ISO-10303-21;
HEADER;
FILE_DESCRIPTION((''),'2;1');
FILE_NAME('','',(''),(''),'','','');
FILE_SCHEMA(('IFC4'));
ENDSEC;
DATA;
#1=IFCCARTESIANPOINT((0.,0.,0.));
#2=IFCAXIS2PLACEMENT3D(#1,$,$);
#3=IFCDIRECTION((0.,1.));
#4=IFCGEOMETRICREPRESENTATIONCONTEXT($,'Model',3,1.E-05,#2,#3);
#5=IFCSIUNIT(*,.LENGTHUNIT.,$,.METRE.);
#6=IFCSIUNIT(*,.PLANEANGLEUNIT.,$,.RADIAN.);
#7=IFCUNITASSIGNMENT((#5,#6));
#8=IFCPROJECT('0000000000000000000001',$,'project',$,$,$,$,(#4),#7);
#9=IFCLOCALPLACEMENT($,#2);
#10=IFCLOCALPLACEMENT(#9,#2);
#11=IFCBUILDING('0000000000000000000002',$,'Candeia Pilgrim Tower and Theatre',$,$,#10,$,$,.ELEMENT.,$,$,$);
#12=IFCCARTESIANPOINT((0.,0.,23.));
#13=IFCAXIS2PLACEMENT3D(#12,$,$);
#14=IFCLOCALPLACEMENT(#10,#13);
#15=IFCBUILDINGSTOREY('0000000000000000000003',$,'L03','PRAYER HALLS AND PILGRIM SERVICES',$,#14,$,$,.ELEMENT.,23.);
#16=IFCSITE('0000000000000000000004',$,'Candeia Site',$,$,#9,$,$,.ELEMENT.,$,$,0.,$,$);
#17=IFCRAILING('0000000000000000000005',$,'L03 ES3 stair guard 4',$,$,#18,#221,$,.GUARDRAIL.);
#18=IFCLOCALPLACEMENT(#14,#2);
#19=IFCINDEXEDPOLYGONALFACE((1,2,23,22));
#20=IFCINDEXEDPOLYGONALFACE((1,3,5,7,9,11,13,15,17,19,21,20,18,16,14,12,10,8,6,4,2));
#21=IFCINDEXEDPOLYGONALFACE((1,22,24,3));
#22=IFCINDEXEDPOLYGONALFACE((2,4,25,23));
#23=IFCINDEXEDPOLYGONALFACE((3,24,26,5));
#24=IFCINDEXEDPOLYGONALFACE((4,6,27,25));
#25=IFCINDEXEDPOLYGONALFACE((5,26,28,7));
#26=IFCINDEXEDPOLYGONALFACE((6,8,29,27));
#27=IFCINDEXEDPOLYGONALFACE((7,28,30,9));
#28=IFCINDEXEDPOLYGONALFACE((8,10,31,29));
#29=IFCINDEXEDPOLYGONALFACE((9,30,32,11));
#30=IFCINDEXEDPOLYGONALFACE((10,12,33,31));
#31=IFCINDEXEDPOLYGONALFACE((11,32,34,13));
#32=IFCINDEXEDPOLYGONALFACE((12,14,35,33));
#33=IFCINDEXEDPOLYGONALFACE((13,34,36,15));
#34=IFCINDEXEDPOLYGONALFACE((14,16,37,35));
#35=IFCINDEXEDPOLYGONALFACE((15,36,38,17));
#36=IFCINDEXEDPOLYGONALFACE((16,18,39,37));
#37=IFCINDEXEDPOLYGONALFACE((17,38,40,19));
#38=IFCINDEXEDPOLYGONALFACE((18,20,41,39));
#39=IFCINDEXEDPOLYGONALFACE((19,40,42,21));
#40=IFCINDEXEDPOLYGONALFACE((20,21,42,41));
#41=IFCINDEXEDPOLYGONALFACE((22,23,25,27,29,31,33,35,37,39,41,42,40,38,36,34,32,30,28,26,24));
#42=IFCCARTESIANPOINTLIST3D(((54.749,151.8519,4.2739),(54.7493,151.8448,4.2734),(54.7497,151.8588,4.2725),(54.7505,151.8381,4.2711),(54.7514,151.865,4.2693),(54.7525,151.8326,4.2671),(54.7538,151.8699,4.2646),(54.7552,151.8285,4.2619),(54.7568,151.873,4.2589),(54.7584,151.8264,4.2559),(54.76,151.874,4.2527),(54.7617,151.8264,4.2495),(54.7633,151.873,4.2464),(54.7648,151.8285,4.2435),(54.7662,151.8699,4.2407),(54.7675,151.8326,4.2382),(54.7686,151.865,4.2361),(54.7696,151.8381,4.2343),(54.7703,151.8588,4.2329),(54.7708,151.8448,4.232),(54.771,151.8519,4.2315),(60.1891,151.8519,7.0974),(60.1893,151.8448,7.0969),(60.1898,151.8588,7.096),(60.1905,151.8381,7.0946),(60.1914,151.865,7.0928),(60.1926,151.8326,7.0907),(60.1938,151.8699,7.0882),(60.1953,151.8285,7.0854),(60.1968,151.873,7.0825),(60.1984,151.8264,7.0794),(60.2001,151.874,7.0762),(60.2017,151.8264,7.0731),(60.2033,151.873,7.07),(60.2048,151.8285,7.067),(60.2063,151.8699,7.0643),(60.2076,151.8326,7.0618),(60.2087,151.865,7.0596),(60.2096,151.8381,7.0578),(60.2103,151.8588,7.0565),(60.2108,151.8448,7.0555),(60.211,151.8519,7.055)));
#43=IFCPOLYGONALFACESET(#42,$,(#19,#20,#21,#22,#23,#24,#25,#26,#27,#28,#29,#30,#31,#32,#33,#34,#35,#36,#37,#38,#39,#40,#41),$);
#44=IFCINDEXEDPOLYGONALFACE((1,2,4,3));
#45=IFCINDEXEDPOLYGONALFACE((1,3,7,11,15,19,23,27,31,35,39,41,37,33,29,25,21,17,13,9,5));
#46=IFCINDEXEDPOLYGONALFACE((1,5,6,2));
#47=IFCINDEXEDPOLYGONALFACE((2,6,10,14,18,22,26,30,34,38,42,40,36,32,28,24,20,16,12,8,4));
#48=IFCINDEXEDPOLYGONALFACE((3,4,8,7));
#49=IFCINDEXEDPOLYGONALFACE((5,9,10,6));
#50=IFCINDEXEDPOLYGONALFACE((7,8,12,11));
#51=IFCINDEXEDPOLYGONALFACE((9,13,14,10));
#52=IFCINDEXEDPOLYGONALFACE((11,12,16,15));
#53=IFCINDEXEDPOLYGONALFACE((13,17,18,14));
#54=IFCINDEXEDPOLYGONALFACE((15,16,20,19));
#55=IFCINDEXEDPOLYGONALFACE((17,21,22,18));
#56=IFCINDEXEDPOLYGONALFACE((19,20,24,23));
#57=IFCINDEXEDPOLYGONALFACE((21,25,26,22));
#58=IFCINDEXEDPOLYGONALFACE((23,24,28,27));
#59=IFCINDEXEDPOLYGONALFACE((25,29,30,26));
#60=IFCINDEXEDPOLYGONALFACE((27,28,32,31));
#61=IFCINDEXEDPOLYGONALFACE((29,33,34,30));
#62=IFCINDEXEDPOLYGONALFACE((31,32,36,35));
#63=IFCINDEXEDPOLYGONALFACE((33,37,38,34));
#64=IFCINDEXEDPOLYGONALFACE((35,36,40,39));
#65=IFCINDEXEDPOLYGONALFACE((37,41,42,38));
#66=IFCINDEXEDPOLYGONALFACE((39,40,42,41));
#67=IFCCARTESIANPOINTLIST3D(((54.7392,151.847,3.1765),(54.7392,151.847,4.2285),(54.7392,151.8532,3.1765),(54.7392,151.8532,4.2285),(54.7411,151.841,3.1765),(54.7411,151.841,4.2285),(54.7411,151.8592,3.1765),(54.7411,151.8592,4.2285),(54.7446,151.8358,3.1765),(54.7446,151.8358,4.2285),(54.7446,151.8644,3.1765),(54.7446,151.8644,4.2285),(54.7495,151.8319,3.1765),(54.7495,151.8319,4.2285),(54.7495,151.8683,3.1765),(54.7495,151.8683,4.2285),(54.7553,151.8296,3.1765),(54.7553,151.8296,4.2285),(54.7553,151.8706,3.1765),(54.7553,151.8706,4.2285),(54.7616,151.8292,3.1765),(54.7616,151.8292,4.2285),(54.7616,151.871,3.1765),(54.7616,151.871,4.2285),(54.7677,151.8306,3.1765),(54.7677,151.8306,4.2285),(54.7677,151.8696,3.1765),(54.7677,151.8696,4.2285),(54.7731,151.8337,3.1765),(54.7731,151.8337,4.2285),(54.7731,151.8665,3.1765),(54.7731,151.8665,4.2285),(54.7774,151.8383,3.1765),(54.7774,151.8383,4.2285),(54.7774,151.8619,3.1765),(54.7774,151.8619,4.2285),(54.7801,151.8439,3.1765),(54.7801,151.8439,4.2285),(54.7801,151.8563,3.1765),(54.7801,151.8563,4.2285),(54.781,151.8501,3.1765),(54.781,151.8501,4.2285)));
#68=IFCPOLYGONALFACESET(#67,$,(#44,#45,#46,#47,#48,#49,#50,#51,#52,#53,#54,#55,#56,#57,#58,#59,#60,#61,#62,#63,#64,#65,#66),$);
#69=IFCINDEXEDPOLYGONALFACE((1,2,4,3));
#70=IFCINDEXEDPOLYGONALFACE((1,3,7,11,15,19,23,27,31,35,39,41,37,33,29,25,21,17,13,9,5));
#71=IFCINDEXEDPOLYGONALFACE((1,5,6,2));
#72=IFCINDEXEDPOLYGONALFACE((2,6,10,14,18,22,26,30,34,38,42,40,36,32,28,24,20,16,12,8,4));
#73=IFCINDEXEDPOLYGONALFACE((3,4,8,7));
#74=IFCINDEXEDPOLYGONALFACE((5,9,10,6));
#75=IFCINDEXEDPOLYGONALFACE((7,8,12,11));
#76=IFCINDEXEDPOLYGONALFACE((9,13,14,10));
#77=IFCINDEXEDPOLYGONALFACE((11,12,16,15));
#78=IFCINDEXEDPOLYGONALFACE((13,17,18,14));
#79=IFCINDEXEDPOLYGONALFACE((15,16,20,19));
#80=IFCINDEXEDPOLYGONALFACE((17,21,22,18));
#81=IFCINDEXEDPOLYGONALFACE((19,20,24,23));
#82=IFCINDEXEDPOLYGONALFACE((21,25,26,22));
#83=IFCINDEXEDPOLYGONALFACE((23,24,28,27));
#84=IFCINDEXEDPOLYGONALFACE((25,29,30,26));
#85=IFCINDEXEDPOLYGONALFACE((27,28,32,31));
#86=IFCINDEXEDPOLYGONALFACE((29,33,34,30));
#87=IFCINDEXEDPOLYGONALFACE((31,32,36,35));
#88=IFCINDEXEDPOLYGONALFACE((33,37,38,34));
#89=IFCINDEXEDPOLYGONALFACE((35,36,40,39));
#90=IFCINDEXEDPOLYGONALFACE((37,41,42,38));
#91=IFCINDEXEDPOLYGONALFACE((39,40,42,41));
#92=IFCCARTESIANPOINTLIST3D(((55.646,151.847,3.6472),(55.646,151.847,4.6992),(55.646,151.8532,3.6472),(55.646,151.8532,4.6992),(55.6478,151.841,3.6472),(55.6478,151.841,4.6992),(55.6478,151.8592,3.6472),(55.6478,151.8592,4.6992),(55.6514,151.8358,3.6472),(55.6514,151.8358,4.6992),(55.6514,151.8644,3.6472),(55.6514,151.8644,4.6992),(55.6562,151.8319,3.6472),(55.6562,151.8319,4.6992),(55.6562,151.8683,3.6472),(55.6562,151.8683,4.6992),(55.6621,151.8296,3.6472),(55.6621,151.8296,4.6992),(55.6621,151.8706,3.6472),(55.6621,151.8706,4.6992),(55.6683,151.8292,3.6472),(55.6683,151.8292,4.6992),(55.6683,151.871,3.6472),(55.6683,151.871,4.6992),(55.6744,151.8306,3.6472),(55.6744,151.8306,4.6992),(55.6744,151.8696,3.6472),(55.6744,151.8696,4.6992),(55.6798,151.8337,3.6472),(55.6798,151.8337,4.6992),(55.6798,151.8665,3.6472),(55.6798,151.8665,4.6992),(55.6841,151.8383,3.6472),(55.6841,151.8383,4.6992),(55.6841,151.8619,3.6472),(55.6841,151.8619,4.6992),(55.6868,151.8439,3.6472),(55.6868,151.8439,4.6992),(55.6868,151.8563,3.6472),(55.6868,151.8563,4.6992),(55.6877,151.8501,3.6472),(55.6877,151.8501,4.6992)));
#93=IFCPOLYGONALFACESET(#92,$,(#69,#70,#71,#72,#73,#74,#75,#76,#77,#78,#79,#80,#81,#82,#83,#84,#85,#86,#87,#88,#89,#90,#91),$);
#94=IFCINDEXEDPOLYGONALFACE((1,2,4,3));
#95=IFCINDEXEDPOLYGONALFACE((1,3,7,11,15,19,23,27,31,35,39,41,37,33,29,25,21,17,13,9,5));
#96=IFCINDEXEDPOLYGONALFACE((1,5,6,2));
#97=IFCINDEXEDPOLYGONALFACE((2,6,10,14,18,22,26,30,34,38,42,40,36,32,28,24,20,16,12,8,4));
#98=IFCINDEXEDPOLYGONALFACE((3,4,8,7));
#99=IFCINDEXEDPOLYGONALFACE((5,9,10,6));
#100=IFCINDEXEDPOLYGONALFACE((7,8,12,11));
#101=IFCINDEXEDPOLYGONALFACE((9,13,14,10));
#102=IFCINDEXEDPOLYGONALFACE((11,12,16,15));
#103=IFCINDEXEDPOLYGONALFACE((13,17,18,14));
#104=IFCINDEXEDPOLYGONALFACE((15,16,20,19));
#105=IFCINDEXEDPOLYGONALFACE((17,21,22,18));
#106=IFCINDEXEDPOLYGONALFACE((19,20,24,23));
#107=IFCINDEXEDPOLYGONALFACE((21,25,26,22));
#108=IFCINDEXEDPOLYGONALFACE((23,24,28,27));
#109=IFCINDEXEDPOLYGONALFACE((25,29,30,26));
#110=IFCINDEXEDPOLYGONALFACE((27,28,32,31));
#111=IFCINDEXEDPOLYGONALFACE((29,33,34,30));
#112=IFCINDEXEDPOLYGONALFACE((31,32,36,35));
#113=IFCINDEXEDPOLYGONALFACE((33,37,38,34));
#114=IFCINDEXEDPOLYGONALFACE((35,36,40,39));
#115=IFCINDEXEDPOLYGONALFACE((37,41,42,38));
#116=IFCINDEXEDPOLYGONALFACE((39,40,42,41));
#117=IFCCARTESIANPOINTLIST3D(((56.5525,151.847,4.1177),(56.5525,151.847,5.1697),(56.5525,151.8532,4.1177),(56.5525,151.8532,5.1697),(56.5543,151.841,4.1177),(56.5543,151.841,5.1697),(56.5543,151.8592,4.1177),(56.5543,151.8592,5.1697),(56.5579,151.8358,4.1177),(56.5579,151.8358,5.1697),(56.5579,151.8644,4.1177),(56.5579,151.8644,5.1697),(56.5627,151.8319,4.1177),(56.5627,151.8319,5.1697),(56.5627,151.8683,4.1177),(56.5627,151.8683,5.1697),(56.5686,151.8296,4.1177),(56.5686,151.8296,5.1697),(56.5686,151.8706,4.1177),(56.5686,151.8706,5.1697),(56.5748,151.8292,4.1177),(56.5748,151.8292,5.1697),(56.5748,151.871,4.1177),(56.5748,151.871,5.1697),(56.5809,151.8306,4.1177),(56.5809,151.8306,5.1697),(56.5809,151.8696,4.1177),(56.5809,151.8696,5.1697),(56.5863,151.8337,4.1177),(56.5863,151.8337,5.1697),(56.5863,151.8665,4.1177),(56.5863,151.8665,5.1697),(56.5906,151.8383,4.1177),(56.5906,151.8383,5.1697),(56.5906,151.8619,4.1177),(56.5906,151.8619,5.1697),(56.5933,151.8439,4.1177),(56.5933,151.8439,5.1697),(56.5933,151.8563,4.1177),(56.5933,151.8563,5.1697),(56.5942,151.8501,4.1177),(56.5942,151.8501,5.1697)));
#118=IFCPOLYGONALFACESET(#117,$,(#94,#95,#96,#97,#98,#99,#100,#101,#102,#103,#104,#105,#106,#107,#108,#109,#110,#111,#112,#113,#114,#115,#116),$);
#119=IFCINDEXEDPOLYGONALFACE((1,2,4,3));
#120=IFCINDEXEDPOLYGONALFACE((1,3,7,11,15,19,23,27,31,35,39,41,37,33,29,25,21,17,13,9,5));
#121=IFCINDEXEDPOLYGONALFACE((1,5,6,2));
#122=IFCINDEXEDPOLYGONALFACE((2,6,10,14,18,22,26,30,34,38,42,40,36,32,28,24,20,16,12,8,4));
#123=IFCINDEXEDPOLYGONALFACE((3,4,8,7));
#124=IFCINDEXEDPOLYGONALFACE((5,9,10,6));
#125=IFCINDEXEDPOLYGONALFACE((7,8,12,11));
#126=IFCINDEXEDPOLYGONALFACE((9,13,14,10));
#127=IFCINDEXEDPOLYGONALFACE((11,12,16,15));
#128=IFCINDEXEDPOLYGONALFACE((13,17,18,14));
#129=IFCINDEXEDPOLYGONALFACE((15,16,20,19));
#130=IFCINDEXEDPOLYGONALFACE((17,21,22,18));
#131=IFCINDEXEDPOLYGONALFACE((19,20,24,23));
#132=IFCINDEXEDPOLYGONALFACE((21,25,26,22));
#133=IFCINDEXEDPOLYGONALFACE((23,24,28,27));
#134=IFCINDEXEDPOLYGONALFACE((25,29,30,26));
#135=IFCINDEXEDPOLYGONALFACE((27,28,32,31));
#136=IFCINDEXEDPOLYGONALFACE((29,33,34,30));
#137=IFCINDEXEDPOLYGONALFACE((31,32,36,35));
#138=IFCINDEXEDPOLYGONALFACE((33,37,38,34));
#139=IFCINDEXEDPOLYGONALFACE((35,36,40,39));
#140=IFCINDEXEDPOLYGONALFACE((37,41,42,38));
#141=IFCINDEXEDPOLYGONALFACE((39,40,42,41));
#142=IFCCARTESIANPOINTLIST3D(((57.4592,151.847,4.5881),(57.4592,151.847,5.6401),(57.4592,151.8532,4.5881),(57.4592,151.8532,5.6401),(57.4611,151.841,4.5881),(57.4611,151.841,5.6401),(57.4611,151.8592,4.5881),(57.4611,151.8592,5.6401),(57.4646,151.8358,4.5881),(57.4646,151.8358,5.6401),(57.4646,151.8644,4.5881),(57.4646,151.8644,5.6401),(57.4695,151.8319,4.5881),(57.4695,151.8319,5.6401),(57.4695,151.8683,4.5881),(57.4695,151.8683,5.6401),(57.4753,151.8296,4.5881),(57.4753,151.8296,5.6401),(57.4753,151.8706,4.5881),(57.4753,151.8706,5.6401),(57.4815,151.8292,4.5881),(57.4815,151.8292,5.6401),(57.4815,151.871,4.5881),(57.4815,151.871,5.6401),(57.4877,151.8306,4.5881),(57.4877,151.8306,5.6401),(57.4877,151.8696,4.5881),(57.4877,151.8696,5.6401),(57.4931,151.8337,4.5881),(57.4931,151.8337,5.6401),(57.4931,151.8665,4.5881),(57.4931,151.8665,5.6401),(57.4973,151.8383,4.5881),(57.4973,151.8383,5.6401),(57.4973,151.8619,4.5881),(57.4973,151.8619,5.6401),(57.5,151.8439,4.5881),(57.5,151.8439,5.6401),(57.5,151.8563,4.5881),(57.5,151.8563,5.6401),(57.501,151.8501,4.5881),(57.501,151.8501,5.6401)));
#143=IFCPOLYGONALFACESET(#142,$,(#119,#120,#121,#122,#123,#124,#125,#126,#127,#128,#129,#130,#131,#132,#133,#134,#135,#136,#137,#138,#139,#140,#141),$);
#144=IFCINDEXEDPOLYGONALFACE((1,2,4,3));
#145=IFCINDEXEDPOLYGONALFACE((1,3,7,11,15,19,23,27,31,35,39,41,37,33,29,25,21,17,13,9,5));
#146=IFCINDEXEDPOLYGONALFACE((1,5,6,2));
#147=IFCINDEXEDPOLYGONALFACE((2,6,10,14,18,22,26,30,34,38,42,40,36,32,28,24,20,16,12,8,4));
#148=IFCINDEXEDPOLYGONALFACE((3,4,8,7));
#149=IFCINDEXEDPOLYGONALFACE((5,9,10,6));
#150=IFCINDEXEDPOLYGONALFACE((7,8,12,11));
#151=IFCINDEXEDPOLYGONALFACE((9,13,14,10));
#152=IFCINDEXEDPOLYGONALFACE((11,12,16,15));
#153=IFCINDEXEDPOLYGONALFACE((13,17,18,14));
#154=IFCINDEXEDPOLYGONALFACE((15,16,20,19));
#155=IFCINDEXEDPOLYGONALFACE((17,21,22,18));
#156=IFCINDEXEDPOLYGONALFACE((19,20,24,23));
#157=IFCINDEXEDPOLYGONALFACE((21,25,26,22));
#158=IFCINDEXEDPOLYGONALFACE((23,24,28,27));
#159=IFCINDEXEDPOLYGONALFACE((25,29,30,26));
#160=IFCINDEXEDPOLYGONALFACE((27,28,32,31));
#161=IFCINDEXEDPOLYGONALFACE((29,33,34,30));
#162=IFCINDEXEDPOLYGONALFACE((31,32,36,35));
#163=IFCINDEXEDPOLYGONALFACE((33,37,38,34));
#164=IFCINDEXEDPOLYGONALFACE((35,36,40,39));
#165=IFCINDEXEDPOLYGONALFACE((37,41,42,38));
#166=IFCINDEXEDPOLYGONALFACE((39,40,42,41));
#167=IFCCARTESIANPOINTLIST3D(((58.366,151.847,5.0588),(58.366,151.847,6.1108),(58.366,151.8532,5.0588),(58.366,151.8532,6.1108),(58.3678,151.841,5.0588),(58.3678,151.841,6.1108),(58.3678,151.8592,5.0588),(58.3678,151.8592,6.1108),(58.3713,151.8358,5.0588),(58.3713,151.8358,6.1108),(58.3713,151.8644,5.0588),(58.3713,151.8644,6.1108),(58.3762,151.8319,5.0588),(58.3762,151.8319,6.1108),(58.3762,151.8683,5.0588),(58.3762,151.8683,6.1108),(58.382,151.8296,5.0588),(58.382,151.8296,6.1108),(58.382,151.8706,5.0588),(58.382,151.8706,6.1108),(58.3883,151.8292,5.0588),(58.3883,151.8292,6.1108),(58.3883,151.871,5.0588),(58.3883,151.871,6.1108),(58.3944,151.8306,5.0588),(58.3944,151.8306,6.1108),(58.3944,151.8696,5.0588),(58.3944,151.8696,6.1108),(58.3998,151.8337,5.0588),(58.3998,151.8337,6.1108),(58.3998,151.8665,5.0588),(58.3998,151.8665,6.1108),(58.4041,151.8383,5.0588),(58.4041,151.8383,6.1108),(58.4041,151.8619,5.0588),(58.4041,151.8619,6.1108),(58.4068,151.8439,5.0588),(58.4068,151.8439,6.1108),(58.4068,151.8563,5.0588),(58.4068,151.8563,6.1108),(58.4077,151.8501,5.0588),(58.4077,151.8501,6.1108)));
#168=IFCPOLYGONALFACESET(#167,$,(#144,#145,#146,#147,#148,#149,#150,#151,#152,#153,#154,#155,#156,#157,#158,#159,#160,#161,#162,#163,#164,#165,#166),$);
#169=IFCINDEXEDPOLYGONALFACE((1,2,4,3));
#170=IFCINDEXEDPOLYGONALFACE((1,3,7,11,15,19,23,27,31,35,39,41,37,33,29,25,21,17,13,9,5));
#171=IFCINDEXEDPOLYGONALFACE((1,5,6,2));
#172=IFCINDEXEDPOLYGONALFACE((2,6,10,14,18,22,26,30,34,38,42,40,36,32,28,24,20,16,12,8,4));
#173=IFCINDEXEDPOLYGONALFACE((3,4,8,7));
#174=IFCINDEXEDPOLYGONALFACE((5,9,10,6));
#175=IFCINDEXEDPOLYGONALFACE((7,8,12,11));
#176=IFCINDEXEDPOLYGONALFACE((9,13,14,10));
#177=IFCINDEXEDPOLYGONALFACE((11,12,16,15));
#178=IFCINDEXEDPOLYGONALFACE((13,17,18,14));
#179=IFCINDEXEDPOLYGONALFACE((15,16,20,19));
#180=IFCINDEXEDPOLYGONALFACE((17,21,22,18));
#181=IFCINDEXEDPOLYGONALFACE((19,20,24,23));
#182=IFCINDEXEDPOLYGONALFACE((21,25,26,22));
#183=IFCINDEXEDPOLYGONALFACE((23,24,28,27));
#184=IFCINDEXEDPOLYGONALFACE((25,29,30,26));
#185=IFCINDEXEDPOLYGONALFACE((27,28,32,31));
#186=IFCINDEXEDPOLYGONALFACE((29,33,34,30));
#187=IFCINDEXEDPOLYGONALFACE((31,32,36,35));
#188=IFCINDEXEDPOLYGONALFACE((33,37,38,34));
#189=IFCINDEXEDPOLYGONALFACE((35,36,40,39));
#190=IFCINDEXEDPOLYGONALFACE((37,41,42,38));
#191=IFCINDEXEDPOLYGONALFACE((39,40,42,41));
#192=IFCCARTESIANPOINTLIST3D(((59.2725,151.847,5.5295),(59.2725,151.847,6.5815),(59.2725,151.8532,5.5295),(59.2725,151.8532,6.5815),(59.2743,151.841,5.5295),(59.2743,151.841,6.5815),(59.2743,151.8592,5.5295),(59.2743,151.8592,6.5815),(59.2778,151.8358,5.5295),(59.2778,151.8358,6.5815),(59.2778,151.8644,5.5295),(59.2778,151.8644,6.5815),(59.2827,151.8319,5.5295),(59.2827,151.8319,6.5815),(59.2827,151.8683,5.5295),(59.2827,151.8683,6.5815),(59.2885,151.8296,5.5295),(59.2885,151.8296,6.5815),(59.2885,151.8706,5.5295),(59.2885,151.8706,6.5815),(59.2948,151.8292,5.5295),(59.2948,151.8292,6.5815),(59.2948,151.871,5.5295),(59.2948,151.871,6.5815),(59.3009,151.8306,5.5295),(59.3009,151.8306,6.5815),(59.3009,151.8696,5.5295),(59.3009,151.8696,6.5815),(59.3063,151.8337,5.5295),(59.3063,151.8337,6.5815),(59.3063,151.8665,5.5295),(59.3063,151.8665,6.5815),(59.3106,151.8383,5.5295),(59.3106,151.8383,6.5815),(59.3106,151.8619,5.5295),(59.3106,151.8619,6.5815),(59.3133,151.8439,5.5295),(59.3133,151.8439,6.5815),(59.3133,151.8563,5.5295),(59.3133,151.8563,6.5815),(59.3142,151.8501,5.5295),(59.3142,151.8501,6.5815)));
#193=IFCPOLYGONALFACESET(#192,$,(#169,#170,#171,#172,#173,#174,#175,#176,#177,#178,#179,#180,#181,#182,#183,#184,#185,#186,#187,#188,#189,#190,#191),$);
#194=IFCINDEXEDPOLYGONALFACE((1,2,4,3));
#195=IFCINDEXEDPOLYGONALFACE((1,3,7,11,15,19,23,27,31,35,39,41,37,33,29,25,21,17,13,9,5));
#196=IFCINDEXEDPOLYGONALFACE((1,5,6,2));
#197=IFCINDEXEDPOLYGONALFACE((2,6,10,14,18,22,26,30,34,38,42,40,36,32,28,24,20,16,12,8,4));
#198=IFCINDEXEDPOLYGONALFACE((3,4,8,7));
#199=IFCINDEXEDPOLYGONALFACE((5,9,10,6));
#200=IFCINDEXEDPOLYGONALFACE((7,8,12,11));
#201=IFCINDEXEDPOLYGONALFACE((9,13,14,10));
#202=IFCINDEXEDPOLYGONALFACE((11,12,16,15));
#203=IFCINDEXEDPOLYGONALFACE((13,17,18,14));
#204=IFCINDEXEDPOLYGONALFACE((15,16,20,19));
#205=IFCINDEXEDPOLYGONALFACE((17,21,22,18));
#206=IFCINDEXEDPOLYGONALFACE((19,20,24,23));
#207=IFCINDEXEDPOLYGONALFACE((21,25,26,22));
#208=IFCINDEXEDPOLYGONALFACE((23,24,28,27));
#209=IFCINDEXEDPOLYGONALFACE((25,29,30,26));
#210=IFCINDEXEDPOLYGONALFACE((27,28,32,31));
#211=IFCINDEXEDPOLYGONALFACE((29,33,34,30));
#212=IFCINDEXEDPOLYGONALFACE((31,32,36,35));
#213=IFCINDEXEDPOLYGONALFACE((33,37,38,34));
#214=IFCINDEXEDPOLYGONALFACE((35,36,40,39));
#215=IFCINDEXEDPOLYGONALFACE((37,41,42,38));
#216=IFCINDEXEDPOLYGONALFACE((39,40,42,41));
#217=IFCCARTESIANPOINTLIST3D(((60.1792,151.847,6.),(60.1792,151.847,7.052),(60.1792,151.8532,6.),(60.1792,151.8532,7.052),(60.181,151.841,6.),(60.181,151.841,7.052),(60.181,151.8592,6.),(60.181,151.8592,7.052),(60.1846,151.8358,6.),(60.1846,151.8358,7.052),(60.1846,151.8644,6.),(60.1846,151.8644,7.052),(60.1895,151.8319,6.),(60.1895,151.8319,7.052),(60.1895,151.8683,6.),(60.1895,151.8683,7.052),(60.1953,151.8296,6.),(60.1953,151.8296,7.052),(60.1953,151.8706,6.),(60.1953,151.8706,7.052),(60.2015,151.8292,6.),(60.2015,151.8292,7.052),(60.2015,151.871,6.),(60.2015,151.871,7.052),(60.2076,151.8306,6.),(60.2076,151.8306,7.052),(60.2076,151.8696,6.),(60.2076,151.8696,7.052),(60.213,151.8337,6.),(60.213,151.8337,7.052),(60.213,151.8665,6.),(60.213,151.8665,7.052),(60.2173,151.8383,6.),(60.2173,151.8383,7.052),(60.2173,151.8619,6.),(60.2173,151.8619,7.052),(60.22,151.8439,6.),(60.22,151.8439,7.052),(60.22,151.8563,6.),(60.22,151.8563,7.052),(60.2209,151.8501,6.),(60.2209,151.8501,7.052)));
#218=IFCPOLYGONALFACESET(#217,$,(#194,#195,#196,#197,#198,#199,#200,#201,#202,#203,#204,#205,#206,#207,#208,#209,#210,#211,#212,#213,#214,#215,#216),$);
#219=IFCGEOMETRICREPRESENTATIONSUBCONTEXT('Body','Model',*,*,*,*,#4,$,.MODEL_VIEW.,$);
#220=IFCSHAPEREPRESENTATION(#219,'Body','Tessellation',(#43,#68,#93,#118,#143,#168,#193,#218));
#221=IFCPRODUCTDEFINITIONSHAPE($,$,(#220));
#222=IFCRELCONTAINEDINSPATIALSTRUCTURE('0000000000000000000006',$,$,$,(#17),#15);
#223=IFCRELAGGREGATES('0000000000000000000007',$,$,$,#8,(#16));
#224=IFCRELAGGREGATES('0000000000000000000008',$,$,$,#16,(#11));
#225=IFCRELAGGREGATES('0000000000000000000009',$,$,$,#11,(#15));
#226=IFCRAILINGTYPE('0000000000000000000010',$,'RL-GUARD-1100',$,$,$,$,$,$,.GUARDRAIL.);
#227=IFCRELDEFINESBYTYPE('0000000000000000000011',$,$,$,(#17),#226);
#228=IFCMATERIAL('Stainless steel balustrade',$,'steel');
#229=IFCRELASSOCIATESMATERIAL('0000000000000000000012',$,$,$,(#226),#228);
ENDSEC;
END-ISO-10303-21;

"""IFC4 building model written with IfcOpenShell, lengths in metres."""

from ifc_helpers import new_model, si_unit, direction, frame, origin, origin_2d, place, context, subcontext, project, spatial, circle, extrude, material, type_object, element, save


model = new_model("IFC4")

# Units and contexts
model_context = context("Model", 3, precision=1e-05, world=origin(), true_north=direction((0.0, 1.0)))
body_context = subcontext(model_context, "Body", "Model", "MODEL_VIEW")
ifc_project = project(units=[si_unit("LENGTHUNIT", "METRE"), si_unit("PLANEANGLEUNIT", "RADIAN")], contexts=[model_context])

# Site, building, storey
site_placement = place(None, origin())
site = spatial("IfcSite", under=ifc_project, at=site_placement, Name="Candeia Site", CompositionType="ELEMENT", RefElevation=0.0)
building_placement = place(site_placement, origin())
building = spatial("IfcBuilding", under=site, at=building_placement, Name="Candeia Pilgrim Tower and Theatre", CompositionType="ELEMENT")
storey_placement = place(building_placement, frame((0.0, 0.0, 23.0)))
storey = spatial("IfcBuildingStorey", under=building, at=storey_placement, Name="L03", Description="PRAYER HALLS AND PILGRIM SERVICES", CompositionType="ELEMENT", Elevation=23.0)

# Railing
ifc_material_1 = material(Name="Stainless steel balustrade", Category="steel")
railing_type_1 = type_object("IfcRailingType", Name="RL-GUARD-1100", PredefinedType="GUARDRAIL", material=ifc_material_1)
railing_1_placement = place(storey_placement, frame((54.76, 151.8501, 3.1765)))
element("IfcRailing", 1, at=railing_1_placement, inside=storey, type_object=railing_type_1, Name="L03 ES3 stair guard 4", PredefinedType="GUARDRAIL", context=body_context, shape_type="SweptSolid", body=[
    extrude(circle(Radius=0.0239, at=origin_2d()), frame((0.0, 0.0, 1.0762), z_axis=(0.887569, 0.0, 0.460674), x_axis=(0.0, 1.0, 0.0)), (0.0, 0.0, 1.0), 6.1292),
    extrude(circle(Radius=0.021, at=origin_2d()), origin(), (0.0, 0.0, 1.0), 1.052),
    extrude(circle(Radius=0.021, at=origin_2d()), frame((0.9067, 0.0, 0.4707)), (0.0, 0.0, 1.0), 1.052),
    extrude(circle(Radius=0.021, at=origin_2d()), frame((1.8132, 0.0, 0.9412)), (0.0, 0.0, 1.0), 1.052),
    extrude(circle(Radius=0.021, at=origin_2d()), frame((2.72, 0.0, 1.4116)), (0.0, 0.0, 1.0), 1.052),
    extrude(circle(Radius=0.021, at=origin_2d()), frame((3.6267, 0.0, 1.8823)), (0.0, 0.0, 1.0), 1.052),
    extrude(circle(Radius=0.021, at=origin_2d()), frame((4.5332, 0.0, 2.353)), (0.0, 0.0, 1.0), 1.052),
    extrude(circle(Radius=0.021, at=origin_2d()), frame((5.4399, 0.0, 2.8235)), (0.0, 0.0, 1.0), 1.052),
])

save(model, "model.ifc")
